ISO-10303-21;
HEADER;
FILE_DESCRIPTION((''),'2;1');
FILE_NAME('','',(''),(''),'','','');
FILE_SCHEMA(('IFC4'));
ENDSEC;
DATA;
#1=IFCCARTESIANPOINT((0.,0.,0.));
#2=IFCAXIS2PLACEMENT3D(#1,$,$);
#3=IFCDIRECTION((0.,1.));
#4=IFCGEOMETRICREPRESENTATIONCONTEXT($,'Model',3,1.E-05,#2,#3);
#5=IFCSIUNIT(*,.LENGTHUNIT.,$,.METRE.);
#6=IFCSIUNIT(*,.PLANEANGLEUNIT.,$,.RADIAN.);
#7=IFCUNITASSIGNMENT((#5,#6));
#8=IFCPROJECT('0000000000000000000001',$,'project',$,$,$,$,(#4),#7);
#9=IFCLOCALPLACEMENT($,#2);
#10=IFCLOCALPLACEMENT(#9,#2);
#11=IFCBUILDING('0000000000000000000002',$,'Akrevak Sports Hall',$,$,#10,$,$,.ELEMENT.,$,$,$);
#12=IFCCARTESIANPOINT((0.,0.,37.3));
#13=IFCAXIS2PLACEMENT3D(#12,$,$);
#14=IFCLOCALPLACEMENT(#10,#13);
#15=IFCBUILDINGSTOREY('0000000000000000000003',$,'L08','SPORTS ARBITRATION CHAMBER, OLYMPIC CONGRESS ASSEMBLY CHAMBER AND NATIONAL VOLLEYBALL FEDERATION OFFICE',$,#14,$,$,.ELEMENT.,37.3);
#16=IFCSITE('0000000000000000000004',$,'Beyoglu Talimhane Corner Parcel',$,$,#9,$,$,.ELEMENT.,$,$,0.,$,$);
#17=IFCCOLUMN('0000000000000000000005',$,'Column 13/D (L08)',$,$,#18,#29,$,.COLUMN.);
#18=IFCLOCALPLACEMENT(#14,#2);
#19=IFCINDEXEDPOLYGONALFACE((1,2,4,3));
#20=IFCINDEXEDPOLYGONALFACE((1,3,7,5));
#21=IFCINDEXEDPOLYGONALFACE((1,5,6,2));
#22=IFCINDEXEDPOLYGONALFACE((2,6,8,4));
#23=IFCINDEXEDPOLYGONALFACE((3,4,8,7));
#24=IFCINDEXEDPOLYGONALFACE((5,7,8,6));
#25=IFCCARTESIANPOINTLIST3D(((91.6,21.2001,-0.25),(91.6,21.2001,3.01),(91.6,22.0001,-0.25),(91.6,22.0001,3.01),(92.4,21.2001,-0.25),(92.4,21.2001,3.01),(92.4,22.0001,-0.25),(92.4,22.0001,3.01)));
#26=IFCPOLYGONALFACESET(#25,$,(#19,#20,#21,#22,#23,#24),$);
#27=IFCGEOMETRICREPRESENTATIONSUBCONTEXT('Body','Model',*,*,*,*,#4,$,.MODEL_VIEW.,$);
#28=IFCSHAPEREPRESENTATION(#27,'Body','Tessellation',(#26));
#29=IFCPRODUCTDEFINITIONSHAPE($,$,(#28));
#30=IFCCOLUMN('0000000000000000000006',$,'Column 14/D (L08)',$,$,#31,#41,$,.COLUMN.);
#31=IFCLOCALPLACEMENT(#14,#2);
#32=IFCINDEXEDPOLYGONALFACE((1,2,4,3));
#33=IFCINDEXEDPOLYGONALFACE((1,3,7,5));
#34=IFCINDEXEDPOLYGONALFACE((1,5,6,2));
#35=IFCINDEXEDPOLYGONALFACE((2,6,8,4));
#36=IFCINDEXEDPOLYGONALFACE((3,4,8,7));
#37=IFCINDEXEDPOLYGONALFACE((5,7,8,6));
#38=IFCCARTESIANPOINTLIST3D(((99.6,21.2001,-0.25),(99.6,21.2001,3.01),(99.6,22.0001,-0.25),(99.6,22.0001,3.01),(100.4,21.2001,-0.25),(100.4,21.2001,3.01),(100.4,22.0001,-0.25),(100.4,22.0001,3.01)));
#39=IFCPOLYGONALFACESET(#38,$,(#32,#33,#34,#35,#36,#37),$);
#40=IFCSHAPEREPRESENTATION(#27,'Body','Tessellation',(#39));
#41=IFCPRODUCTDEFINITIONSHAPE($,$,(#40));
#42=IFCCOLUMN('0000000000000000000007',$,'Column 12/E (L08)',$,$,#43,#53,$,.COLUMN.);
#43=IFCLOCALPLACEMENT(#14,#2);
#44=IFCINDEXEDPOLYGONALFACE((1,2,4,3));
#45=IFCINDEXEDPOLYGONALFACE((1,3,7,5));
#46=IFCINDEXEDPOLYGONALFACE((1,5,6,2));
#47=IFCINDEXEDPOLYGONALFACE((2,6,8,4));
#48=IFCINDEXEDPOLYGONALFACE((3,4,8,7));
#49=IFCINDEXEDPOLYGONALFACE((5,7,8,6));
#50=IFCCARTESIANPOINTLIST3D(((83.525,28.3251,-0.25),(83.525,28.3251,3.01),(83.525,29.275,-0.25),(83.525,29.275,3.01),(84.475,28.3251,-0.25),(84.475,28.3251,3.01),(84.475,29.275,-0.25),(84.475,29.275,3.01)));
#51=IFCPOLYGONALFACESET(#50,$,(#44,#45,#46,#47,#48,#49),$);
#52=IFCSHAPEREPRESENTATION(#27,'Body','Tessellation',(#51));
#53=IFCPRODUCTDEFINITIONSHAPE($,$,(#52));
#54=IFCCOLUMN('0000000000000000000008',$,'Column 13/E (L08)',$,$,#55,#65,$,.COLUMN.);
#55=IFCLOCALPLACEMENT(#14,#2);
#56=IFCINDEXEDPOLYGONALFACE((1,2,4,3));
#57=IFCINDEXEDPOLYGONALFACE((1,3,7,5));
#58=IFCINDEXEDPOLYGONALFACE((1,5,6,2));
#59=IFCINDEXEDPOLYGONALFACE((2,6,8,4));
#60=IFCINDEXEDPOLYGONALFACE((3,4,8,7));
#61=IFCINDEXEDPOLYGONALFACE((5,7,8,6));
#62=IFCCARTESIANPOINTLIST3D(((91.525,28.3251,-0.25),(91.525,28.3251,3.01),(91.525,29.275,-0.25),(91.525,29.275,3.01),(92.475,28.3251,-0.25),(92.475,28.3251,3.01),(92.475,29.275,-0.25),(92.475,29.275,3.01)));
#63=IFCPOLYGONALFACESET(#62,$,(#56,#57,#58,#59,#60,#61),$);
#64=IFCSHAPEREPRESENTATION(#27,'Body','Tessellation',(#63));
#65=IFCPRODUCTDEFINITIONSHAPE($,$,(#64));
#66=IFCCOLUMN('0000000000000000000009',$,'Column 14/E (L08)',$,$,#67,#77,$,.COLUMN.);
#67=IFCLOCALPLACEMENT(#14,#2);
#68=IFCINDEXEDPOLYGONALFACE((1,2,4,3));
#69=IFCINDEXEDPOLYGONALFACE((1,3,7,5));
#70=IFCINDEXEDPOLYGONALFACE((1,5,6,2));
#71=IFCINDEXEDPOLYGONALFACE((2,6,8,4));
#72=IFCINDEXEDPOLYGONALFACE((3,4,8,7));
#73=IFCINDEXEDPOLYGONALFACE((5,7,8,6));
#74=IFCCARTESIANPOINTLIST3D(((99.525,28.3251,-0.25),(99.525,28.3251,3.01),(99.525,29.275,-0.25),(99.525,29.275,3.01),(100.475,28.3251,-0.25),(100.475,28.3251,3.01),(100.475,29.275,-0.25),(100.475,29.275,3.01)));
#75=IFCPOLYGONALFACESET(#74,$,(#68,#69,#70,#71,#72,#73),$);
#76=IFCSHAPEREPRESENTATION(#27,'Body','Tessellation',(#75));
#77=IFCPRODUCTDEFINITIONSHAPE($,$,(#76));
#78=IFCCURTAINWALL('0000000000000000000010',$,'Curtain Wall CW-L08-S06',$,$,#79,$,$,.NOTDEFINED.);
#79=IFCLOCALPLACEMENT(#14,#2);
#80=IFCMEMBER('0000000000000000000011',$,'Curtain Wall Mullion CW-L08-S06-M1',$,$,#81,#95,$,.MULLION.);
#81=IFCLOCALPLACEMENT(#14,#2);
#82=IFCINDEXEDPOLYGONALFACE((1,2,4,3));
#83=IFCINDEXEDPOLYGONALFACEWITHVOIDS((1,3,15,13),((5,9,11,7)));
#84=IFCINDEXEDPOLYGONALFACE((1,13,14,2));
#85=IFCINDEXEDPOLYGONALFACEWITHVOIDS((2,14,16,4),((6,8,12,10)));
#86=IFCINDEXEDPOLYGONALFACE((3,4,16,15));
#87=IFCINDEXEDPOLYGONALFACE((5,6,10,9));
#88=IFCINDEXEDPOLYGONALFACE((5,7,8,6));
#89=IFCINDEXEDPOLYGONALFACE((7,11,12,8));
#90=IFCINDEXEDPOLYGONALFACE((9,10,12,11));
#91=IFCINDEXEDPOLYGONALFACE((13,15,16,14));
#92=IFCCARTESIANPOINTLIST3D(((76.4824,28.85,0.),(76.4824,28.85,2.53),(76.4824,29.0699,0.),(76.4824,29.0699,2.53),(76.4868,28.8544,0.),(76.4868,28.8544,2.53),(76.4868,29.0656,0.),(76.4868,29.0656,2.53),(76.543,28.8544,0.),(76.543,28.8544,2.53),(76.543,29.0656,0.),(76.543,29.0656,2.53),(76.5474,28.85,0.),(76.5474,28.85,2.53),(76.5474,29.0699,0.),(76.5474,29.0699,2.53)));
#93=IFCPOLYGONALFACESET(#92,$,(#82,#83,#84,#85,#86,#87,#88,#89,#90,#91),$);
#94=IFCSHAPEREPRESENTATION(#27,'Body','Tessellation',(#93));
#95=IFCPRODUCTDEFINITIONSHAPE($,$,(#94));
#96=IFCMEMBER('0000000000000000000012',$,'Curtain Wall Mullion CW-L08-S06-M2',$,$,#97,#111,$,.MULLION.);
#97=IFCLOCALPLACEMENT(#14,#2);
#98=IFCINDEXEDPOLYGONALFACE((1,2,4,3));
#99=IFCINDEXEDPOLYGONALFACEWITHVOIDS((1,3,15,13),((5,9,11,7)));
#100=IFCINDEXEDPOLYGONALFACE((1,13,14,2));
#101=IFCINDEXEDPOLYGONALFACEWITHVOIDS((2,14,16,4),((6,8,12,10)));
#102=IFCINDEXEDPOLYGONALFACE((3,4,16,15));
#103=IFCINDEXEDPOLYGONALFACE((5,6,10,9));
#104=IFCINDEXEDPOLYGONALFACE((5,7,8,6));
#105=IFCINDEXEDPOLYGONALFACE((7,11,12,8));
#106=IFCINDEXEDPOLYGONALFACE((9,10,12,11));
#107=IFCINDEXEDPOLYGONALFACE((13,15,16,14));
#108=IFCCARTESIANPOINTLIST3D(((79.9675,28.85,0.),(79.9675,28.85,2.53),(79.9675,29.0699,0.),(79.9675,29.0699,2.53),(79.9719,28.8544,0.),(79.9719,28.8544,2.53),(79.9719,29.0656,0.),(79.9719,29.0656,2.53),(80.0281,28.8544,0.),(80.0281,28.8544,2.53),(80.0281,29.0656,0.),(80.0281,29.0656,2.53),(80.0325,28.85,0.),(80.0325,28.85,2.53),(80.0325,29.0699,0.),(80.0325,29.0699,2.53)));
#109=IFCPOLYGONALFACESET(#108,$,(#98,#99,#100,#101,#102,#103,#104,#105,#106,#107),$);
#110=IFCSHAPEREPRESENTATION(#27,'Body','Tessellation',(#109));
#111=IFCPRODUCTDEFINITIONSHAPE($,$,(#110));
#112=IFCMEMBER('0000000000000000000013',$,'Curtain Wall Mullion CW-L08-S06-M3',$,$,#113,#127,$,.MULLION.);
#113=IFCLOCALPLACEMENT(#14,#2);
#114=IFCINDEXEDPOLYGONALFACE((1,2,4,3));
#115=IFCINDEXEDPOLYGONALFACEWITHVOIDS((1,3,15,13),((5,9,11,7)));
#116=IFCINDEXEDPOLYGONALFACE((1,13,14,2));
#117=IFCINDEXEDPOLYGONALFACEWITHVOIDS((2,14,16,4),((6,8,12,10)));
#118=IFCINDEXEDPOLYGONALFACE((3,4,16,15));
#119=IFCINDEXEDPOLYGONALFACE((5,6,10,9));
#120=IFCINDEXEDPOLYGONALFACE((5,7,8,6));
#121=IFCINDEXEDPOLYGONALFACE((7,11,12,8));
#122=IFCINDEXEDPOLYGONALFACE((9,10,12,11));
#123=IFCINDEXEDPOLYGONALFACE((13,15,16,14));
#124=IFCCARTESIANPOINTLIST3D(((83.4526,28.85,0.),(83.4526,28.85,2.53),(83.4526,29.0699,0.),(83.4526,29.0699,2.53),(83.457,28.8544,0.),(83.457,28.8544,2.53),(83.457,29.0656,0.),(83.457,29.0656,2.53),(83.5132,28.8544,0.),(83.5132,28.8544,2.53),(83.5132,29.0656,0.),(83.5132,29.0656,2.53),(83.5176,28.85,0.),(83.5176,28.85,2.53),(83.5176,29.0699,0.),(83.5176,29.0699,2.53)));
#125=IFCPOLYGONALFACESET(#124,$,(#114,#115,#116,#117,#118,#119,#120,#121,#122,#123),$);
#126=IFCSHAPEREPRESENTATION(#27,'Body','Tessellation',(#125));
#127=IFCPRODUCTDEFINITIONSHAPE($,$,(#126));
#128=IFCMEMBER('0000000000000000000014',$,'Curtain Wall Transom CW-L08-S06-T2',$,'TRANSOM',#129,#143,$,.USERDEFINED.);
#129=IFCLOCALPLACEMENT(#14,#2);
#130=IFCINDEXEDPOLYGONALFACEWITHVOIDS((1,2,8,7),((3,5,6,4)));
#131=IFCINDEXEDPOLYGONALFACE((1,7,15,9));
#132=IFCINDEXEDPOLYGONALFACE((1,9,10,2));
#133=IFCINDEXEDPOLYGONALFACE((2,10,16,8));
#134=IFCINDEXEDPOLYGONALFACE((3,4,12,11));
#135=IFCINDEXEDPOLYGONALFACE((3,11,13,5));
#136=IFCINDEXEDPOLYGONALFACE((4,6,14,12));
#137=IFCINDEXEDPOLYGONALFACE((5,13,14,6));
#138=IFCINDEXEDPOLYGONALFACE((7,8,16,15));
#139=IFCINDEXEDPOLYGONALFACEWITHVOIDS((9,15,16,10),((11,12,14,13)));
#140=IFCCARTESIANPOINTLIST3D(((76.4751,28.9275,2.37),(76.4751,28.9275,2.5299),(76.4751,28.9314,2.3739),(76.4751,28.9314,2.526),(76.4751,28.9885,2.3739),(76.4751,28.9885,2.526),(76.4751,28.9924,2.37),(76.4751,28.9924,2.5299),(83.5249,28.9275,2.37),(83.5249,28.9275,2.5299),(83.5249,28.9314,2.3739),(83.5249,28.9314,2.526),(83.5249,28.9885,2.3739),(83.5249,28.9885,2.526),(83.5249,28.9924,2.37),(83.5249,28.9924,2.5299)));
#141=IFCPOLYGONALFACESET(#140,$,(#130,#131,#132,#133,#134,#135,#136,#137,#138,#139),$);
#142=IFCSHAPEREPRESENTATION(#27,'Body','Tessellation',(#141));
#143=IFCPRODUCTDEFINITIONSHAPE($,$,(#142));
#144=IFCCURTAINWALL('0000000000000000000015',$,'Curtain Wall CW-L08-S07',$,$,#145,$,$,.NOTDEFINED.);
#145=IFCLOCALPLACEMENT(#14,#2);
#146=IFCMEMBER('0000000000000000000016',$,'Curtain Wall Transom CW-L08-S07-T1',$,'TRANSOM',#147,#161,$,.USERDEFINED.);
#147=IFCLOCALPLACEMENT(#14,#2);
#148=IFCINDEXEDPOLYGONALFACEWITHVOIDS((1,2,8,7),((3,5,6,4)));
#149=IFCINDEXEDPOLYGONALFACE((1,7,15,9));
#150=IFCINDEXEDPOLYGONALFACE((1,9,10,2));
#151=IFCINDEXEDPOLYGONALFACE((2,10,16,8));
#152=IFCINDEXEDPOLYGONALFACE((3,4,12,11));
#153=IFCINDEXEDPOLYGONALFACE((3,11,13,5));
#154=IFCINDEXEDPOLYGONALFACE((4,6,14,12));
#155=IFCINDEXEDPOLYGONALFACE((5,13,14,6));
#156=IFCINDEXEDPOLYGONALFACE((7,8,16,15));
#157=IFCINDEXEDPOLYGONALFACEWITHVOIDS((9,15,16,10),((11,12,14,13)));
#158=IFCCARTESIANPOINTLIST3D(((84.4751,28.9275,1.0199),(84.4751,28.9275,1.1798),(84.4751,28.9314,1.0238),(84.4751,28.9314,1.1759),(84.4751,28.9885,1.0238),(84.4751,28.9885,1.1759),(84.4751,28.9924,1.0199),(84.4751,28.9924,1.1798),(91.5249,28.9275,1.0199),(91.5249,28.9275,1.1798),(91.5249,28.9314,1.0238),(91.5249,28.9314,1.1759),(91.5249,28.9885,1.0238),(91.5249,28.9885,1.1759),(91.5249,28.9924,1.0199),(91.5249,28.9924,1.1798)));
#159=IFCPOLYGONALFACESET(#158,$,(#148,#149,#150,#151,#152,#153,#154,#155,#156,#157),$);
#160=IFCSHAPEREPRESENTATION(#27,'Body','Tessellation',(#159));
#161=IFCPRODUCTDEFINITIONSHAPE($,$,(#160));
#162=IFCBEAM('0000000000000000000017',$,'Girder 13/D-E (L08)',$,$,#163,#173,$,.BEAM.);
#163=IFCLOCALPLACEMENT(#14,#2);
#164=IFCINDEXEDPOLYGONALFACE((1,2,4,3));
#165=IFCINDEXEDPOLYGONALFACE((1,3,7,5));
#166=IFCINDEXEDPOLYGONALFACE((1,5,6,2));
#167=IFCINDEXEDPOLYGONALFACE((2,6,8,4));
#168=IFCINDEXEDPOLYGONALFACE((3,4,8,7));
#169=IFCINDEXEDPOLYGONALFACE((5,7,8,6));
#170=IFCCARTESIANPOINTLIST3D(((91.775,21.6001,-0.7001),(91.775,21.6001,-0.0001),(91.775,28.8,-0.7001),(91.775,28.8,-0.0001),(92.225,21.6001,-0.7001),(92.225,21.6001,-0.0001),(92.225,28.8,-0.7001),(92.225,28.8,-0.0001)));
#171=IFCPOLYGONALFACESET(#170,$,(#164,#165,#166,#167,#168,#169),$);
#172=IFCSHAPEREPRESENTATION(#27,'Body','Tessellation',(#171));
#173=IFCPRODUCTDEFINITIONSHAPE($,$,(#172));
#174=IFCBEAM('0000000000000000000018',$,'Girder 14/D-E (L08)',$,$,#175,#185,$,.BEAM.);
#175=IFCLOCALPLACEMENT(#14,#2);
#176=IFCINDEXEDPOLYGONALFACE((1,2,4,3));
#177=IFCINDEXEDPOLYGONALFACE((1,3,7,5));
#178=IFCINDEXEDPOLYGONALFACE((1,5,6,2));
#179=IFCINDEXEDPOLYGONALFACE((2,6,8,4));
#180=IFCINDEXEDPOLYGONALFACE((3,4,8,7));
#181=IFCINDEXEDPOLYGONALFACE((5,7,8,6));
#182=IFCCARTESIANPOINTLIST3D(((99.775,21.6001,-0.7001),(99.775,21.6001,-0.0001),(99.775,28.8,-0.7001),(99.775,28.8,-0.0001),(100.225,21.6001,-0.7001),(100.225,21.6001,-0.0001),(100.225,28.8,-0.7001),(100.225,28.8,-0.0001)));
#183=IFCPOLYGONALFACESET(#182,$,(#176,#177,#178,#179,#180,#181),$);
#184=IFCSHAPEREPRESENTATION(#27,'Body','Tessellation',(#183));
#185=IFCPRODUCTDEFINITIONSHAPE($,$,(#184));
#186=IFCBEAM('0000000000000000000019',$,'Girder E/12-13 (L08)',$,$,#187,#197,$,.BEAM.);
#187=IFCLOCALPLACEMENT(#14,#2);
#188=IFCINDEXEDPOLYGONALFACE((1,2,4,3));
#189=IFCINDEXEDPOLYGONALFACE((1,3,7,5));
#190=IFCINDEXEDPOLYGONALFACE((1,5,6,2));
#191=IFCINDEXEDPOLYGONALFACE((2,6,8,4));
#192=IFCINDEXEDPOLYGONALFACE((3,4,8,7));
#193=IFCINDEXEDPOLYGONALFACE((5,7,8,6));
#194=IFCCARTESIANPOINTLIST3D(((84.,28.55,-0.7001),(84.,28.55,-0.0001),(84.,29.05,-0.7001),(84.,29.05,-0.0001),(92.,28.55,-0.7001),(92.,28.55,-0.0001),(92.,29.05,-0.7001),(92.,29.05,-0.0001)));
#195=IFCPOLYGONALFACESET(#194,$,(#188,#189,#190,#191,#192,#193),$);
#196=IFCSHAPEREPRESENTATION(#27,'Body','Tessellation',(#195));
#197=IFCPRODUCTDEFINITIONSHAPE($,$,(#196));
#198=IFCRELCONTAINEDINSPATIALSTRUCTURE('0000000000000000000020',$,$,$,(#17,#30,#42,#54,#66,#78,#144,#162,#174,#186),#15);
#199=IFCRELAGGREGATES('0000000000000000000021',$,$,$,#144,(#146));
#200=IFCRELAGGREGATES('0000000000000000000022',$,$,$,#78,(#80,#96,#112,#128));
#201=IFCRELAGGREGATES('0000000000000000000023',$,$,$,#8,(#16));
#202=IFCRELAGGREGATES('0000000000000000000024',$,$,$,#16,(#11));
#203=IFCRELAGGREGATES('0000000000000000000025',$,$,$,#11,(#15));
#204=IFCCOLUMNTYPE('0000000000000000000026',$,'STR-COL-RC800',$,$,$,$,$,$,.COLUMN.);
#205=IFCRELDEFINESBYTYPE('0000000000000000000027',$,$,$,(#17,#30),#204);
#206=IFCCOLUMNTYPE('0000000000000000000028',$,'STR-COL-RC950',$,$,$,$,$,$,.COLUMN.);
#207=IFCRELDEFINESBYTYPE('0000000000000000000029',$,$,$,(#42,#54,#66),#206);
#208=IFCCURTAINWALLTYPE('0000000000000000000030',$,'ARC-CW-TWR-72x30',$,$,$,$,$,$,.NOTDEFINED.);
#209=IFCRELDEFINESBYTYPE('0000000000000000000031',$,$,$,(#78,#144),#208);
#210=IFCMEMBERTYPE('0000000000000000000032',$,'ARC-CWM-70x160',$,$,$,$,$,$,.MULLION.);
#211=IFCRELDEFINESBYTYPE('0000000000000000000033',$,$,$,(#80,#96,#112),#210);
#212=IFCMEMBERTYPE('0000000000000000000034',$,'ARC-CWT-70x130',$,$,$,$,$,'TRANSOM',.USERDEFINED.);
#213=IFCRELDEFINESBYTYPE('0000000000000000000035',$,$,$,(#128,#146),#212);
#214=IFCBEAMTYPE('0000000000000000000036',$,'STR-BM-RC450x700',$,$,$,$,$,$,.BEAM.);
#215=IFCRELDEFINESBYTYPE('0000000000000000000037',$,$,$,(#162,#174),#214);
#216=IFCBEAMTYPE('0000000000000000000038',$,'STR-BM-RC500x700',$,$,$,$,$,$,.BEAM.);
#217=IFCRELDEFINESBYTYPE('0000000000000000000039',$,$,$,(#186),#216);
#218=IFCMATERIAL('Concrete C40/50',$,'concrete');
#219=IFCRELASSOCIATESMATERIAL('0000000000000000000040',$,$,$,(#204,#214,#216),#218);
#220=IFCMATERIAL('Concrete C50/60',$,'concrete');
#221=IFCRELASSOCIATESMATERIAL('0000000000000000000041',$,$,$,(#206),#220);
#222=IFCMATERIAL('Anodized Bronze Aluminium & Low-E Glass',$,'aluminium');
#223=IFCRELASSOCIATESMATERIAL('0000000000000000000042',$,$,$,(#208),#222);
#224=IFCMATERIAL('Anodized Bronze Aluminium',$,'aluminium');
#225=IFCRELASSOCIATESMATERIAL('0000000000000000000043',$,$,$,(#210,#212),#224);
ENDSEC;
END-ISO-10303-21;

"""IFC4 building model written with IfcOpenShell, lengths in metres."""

from ifc_helpers import new_model, si_unit, direction, frame, origin, origin_2d, place, context, subcontext, project, spatial, rectangle, hollow_rectangle, extrude, material, material_profile, profile_set, type_object, element, aggregate, save


model = new_model("IFC4")

# Units and contexts
model_context = context("Model", 3, precision=1e-05, world=origin(), true_north=direction((0.0, 1.0)))
body_context = subcontext(model_context, "Body", "Model", "MODEL_VIEW")
ifc_project = project(units=[si_unit("LENGTHUNIT", "METRE"), si_unit("PLANEANGLEUNIT", "RADIAN")], contexts=[model_context])

# Site, building, storey
site_placement = place(None, origin())
site = spatial("IfcSite", under=ifc_project, at=site_placement, Name="Beyoglu Talimhane Corner Parcel", CompositionType="ELEMENT", RefElevation=0.0)
building_placement = place(site_placement, origin())
building = spatial("IfcBuilding", under=site, at=building_placement, Name="Akrevak Sports Hall", CompositionType="ELEMENT")
storey_placement = place(building_placement, frame((0.0, 0.0, 37.3)))
storey = spatial("IfcBuildingStorey", under=building, at=storey_placement, Name="L08", Description="SPORTS ARBITRATION CHAMBER, OLYMPIC CONGRESS ASSEMBLY CHAMBER AND NATIONAL VOLLEYBALL FEDERATION OFFICE", CompositionType="ELEMENT", Elevation=37.3)

# Columns
ifc_material_1 = material(Name="Concrete C40/50", Category="concrete")
ifc_material_profile_1 = material_profile(ifc_material_1, rectangle(XDim=0.8, YDim=0.8, at=origin_2d()), Name="RC 800x800", Category="concrete")
ifc_profile_set_1 = profile_set([ifc_material_profile_1], Name="Concrete C40/50")
column_type_1 = type_object("IfcColumnType", Name="STR-COL-RC800", PredefinedType="COLUMN", material=ifc_profile_set_1)
for number, where, z_axis, x_axis, name in (
    (1, (92.0, 21.6001, -0.25), (0.0, 0.0, 1.0), (1.0, 0.0, 0.0), "Column 13/D (L08)"),
    (2, (100.0, 21.6001, -0.25), (0.0, 0.0, 1.0), (1.0, 0.0, 0.0), "Column 14/D (L08)"),
):
    element("IfcColumn", number, at=place(storey_placement, frame(where, z_axis=z_axis, x_axis=x_axis)), inside=storey, type_object=column_type_1, Name=name, PredefinedType="COLUMN", context=body_context, shape_type="SweptSolid", body=[
        extrude(rectangle(XDim=0.8, YDim=0.8, at=origin_2d()), origin(), (0.0, 0.0, 1.0), 3.26),
    ])
ifc_material_2 = material(Name="Concrete C50/60", Category="concrete")
ifc_material_profile_2 = material_profile(ifc_material_2, rectangle(XDim=0.95, YDim=0.95, at=origin_2d()), Name="RC 950x950", Category="concrete")
ifc_profile_set_2 = profile_set([ifc_material_profile_2], Name="Concrete C50/60")
column_type_2 = type_object("IfcColumnType", Name="STR-COL-RC950", PredefinedType="COLUMN", material=ifc_profile_set_2)
for number, where, z_axis, x_axis, name in (
    (3, (84.0, 28.8, -0.25), (0.0, 0.0, 1.0), (1.0, 0.0, 0.0), "Column 12/E (L08)"),
    (4, (92.0, 28.8, -0.25), (0.0, 0.0, 1.0), (1.0, 0.0, 0.0), "Column 13/E (L08)"),
    (5, (100.0, 28.8, -0.25), (0.0, 0.0, 1.0), (1.0, 0.0, 0.0), "Column 14/E (L08)"),
):
    element("IfcColumn", number, at=place(storey_placement, frame(where, z_axis=z_axis, x_axis=x_axis)), inside=storey, type_object=column_type_2, Name=name, PredefinedType="COLUMN", context=body_context, shape_type="SweptSolid", body=[
        extrude(rectangle(XDim=0.95, YDim=0.95, at=origin_2d()), origin(), (0.0, 0.0, 1.0), 3.26),
    ])

# Curtain wall, members
ifc_material_3 = material(Name="Anodized Bronze Aluminium & Low-E Glass", Category="aluminium")
curtain_wall_type = type_object("IfcCurtainWallType", Name="ARC-CW-TWR-72x30", PredefinedType="NOTDEFINED", material=ifc_material_3)
curtain_wall_1_placement = place(storey_placement, origin())
curtain_wall_1 = element("IfcCurtainWall", 6, at=curtain_wall_1_placement, inside=storey, type_object=curtain_wall_type, Name="Curtain Wall CW-L08-S06", PredefinedType="NOTDEFINED")
ifc_material_4 = material(Name="Anodized Bronze Aluminium", Category="aluminium")
ifc_material_profile_3 = material_profile(ifc_material_4, hollow_rectangle(XDim=0.0649, YDim=0.22, WallThickness=0.0044, at=origin_2d()), Name="CWM 65x220", Category="aluminium")
ifc_profile_set_3 = profile_set([ifc_material_profile_3], Name="Anodized Bronze Aluminium")
member_type_1 = type_object("IfcMemberType", Name="ARC-CWM-70x160", PredefinedType="MULLION", material=ifc_profile_set_3)
member_1_placement = place(storey_placement, frame((76.5149, 28.96, 0.0), z_axis=(0.0, 0.0, 1.0), x_axis=(1.0, 0.0, 0.0)))
member_1 = element("IfcMember", 7, at=member_1_placement, type_object=member_type_1, Name="Curtain Wall Mullion CW-L08-S06-M1", PredefinedType="MULLION", context=body_context, shape_type="SweptSolid", body=[
    extrude(hollow_rectangle(XDim=0.0649, YDim=0.22, WallThickness=0.0044, at=origin_2d()), origin(), (0.0, 0.0, 1.0), 2.53),
])
member_2_placement = place(storey_placement, frame((80.0, 28.96, 0.0), z_axis=(0.0, 0.0, 1.0), x_axis=(1.0, 0.0, 0.0)))
member_2 = element("IfcMember", 8, at=member_2_placement, type_object=member_type_1, Name="Curtain Wall Mullion CW-L08-S06-M2", PredefinedType="MULLION", context=body_context, shape_type="SweptSolid", body=[
    extrude(hollow_rectangle(XDim=0.0649, YDim=0.22, WallThickness=0.0044, at=origin_2d()), origin(), (0.0, 0.0, 1.0), 2.53),
])
member_3_placement = place(storey_placement, frame((83.4851, 28.96, 0.0), z_axis=(0.0, 0.0, 1.0), x_axis=(1.0, 0.0, 0.0)))
member_3 = element("IfcMember", 9, at=member_3_placement, type_object=member_type_1, Name="Curtain Wall Mullion CW-L08-S06-M3", PredefinedType="MULLION", context=body_context, shape_type="SweptSolid", body=[
    extrude(hollow_rectangle(XDim=0.0649, YDim=0.22, WallThickness=0.0044, at=origin_2d()), origin(), (0.0, 0.0, 1.0), 2.53),
])
ifc_material_profile_4 = material_profile(ifc_material_4, hollow_rectangle(XDim=0.0649, YDim=0.1599, WallThickness=0.0039, at=origin_2d()), Name="CWT 65x160", Category="aluminium")
ifc_profile_set_4 = profile_set([ifc_material_profile_4], Name="Anodized Bronze Aluminium")
member_type_2 = type_object("IfcMemberType", Name="ARC-CWT-70x130", ElementType="TRANSOM", PredefinedType="USERDEFINED", material=ifc_profile_set_4)
member_4_placement = place(storey_placement, frame((76.4751, 28.96, 2.45), z_axis=(1.0, 0.0, 0.0), x_axis=(0.0, 1.0, 0.0)))
member_4 = element("IfcMember", 10, at=member_4_placement, type_object=member_type_2, Name="Curtain Wall Transom CW-L08-S06-T2", ObjectType="TRANSOM", PredefinedType="USERDEFINED", context=body_context, shape_type="SweptSolid", body=[
    extrude(hollow_rectangle(XDim=0.0649, YDim=0.1599, WallThickness=0.0039, at=origin_2d()), origin(), (0.0, 0.0, 1.0), 7.0498),
])

# Curtain wall, member
curtain_wall_2_placement = place(storey_placement, origin())
curtain_wall_2 = element("IfcCurtainWall", 11, at=curtain_wall_2_placement, inside=storey, type_object=curtain_wall_type, Name="Curtain Wall CW-L08-S07", PredefinedType="NOTDEFINED")
member_5_placement = place(storey_placement, frame((84.4751, 28.96, 1.0999), z_axis=(1.0, 0.0, 0.0), x_axis=(0.0, 1.0, 0.0)))
member_5 = element("IfcMember", 12, at=member_5_placement, type_object=member_type_2, Name="Curtain Wall Transom CW-L08-S07-T1", ObjectType="TRANSOM", PredefinedType="USERDEFINED", context=body_context, shape_type="SweptSolid", body=[
    extrude(hollow_rectangle(XDim=0.0649, YDim=0.1599, WallThickness=0.0039, at=origin_2d()), origin(), (0.0, 0.0, 1.0), 7.0498),
])
aggregate(curtain_wall_2, [member_5])

# Beams
ifc_material_profile_5 = material_profile(ifc_material_1, rectangle(XDim=0.45, YDim=0.7, at=origin_2d()), Name="BM 450x700", Category="concrete")
ifc_profile_set_5 = profile_set([ifc_material_profile_5], Name="Concrete C40/50")
beam_type_1 = type_object("IfcBeamType", Name="STR-BM-RC450x700", PredefinedType="BEAM", material=ifc_profile_set_5)
for number, where, z_axis, x_axis, name in (
    (13, (92.0, 21.6001, -0.3501), (0.0, 1.0, 0.0), (-1.0, 0.0, 0.0), "Girder 13/D-E (L08)"),
    (14, (100.0, 21.6001, -0.3501), (0.0, 1.0, 0.0), (-1.0, 0.0, 0.0), "Girder 14/D-E (L08)"),
):
    element("IfcBeam", number, at=place(storey_placement, frame(where, z_axis=z_axis, x_axis=x_axis)), inside=storey, type_object=beam_type_1, Name=name, PredefinedType="BEAM", context=body_context, shape_type="SweptSolid", body=[
        extrude(rectangle(XDim=0.45, YDim=0.7, at=origin_2d()), origin(), (0.0, 0.0, 1.0), 7.2),
    ])
ifc_material_profile_6 = material_profile(ifc_material_1, rectangle(XDim=0.5, YDim=0.7, at=origin_2d()), Name="BM 500x700", Category="concrete")
ifc_profile_set_6 = profile_set([ifc_material_profile_6], Name="Concrete C40/50")
beam_type_2 = type_object("IfcBeamType", Name="STR-BM-RC500x700", PredefinedType="BEAM", material=ifc_profile_set_6)
for number, where, z_axis, x_axis, name in (
    (15, (84.0, 28.8, -0.3501), (1.0, 0.0, 0.0), (0.0, 1.0, 0.0), "Girder E/12-13 (L08)"),
):
    element("IfcBeam", number, at=place(storey_placement, frame(where, z_axis=z_axis, x_axis=x_axis)), inside=storey, type_object=beam_type_2, Name=name, PredefinedType="BEAM", context=body_context, shape_type="SweptSolid", body=[
        extrude(rectangle(XDim=0.5, YDim=0.7, at=origin_2d()), origin(), (0.0, 0.0, 1.0), 8.0),
    ])

aggregate(curtain_wall_1, [member_1, member_2, member_3, member_4])

save(model, "model.ifc")
